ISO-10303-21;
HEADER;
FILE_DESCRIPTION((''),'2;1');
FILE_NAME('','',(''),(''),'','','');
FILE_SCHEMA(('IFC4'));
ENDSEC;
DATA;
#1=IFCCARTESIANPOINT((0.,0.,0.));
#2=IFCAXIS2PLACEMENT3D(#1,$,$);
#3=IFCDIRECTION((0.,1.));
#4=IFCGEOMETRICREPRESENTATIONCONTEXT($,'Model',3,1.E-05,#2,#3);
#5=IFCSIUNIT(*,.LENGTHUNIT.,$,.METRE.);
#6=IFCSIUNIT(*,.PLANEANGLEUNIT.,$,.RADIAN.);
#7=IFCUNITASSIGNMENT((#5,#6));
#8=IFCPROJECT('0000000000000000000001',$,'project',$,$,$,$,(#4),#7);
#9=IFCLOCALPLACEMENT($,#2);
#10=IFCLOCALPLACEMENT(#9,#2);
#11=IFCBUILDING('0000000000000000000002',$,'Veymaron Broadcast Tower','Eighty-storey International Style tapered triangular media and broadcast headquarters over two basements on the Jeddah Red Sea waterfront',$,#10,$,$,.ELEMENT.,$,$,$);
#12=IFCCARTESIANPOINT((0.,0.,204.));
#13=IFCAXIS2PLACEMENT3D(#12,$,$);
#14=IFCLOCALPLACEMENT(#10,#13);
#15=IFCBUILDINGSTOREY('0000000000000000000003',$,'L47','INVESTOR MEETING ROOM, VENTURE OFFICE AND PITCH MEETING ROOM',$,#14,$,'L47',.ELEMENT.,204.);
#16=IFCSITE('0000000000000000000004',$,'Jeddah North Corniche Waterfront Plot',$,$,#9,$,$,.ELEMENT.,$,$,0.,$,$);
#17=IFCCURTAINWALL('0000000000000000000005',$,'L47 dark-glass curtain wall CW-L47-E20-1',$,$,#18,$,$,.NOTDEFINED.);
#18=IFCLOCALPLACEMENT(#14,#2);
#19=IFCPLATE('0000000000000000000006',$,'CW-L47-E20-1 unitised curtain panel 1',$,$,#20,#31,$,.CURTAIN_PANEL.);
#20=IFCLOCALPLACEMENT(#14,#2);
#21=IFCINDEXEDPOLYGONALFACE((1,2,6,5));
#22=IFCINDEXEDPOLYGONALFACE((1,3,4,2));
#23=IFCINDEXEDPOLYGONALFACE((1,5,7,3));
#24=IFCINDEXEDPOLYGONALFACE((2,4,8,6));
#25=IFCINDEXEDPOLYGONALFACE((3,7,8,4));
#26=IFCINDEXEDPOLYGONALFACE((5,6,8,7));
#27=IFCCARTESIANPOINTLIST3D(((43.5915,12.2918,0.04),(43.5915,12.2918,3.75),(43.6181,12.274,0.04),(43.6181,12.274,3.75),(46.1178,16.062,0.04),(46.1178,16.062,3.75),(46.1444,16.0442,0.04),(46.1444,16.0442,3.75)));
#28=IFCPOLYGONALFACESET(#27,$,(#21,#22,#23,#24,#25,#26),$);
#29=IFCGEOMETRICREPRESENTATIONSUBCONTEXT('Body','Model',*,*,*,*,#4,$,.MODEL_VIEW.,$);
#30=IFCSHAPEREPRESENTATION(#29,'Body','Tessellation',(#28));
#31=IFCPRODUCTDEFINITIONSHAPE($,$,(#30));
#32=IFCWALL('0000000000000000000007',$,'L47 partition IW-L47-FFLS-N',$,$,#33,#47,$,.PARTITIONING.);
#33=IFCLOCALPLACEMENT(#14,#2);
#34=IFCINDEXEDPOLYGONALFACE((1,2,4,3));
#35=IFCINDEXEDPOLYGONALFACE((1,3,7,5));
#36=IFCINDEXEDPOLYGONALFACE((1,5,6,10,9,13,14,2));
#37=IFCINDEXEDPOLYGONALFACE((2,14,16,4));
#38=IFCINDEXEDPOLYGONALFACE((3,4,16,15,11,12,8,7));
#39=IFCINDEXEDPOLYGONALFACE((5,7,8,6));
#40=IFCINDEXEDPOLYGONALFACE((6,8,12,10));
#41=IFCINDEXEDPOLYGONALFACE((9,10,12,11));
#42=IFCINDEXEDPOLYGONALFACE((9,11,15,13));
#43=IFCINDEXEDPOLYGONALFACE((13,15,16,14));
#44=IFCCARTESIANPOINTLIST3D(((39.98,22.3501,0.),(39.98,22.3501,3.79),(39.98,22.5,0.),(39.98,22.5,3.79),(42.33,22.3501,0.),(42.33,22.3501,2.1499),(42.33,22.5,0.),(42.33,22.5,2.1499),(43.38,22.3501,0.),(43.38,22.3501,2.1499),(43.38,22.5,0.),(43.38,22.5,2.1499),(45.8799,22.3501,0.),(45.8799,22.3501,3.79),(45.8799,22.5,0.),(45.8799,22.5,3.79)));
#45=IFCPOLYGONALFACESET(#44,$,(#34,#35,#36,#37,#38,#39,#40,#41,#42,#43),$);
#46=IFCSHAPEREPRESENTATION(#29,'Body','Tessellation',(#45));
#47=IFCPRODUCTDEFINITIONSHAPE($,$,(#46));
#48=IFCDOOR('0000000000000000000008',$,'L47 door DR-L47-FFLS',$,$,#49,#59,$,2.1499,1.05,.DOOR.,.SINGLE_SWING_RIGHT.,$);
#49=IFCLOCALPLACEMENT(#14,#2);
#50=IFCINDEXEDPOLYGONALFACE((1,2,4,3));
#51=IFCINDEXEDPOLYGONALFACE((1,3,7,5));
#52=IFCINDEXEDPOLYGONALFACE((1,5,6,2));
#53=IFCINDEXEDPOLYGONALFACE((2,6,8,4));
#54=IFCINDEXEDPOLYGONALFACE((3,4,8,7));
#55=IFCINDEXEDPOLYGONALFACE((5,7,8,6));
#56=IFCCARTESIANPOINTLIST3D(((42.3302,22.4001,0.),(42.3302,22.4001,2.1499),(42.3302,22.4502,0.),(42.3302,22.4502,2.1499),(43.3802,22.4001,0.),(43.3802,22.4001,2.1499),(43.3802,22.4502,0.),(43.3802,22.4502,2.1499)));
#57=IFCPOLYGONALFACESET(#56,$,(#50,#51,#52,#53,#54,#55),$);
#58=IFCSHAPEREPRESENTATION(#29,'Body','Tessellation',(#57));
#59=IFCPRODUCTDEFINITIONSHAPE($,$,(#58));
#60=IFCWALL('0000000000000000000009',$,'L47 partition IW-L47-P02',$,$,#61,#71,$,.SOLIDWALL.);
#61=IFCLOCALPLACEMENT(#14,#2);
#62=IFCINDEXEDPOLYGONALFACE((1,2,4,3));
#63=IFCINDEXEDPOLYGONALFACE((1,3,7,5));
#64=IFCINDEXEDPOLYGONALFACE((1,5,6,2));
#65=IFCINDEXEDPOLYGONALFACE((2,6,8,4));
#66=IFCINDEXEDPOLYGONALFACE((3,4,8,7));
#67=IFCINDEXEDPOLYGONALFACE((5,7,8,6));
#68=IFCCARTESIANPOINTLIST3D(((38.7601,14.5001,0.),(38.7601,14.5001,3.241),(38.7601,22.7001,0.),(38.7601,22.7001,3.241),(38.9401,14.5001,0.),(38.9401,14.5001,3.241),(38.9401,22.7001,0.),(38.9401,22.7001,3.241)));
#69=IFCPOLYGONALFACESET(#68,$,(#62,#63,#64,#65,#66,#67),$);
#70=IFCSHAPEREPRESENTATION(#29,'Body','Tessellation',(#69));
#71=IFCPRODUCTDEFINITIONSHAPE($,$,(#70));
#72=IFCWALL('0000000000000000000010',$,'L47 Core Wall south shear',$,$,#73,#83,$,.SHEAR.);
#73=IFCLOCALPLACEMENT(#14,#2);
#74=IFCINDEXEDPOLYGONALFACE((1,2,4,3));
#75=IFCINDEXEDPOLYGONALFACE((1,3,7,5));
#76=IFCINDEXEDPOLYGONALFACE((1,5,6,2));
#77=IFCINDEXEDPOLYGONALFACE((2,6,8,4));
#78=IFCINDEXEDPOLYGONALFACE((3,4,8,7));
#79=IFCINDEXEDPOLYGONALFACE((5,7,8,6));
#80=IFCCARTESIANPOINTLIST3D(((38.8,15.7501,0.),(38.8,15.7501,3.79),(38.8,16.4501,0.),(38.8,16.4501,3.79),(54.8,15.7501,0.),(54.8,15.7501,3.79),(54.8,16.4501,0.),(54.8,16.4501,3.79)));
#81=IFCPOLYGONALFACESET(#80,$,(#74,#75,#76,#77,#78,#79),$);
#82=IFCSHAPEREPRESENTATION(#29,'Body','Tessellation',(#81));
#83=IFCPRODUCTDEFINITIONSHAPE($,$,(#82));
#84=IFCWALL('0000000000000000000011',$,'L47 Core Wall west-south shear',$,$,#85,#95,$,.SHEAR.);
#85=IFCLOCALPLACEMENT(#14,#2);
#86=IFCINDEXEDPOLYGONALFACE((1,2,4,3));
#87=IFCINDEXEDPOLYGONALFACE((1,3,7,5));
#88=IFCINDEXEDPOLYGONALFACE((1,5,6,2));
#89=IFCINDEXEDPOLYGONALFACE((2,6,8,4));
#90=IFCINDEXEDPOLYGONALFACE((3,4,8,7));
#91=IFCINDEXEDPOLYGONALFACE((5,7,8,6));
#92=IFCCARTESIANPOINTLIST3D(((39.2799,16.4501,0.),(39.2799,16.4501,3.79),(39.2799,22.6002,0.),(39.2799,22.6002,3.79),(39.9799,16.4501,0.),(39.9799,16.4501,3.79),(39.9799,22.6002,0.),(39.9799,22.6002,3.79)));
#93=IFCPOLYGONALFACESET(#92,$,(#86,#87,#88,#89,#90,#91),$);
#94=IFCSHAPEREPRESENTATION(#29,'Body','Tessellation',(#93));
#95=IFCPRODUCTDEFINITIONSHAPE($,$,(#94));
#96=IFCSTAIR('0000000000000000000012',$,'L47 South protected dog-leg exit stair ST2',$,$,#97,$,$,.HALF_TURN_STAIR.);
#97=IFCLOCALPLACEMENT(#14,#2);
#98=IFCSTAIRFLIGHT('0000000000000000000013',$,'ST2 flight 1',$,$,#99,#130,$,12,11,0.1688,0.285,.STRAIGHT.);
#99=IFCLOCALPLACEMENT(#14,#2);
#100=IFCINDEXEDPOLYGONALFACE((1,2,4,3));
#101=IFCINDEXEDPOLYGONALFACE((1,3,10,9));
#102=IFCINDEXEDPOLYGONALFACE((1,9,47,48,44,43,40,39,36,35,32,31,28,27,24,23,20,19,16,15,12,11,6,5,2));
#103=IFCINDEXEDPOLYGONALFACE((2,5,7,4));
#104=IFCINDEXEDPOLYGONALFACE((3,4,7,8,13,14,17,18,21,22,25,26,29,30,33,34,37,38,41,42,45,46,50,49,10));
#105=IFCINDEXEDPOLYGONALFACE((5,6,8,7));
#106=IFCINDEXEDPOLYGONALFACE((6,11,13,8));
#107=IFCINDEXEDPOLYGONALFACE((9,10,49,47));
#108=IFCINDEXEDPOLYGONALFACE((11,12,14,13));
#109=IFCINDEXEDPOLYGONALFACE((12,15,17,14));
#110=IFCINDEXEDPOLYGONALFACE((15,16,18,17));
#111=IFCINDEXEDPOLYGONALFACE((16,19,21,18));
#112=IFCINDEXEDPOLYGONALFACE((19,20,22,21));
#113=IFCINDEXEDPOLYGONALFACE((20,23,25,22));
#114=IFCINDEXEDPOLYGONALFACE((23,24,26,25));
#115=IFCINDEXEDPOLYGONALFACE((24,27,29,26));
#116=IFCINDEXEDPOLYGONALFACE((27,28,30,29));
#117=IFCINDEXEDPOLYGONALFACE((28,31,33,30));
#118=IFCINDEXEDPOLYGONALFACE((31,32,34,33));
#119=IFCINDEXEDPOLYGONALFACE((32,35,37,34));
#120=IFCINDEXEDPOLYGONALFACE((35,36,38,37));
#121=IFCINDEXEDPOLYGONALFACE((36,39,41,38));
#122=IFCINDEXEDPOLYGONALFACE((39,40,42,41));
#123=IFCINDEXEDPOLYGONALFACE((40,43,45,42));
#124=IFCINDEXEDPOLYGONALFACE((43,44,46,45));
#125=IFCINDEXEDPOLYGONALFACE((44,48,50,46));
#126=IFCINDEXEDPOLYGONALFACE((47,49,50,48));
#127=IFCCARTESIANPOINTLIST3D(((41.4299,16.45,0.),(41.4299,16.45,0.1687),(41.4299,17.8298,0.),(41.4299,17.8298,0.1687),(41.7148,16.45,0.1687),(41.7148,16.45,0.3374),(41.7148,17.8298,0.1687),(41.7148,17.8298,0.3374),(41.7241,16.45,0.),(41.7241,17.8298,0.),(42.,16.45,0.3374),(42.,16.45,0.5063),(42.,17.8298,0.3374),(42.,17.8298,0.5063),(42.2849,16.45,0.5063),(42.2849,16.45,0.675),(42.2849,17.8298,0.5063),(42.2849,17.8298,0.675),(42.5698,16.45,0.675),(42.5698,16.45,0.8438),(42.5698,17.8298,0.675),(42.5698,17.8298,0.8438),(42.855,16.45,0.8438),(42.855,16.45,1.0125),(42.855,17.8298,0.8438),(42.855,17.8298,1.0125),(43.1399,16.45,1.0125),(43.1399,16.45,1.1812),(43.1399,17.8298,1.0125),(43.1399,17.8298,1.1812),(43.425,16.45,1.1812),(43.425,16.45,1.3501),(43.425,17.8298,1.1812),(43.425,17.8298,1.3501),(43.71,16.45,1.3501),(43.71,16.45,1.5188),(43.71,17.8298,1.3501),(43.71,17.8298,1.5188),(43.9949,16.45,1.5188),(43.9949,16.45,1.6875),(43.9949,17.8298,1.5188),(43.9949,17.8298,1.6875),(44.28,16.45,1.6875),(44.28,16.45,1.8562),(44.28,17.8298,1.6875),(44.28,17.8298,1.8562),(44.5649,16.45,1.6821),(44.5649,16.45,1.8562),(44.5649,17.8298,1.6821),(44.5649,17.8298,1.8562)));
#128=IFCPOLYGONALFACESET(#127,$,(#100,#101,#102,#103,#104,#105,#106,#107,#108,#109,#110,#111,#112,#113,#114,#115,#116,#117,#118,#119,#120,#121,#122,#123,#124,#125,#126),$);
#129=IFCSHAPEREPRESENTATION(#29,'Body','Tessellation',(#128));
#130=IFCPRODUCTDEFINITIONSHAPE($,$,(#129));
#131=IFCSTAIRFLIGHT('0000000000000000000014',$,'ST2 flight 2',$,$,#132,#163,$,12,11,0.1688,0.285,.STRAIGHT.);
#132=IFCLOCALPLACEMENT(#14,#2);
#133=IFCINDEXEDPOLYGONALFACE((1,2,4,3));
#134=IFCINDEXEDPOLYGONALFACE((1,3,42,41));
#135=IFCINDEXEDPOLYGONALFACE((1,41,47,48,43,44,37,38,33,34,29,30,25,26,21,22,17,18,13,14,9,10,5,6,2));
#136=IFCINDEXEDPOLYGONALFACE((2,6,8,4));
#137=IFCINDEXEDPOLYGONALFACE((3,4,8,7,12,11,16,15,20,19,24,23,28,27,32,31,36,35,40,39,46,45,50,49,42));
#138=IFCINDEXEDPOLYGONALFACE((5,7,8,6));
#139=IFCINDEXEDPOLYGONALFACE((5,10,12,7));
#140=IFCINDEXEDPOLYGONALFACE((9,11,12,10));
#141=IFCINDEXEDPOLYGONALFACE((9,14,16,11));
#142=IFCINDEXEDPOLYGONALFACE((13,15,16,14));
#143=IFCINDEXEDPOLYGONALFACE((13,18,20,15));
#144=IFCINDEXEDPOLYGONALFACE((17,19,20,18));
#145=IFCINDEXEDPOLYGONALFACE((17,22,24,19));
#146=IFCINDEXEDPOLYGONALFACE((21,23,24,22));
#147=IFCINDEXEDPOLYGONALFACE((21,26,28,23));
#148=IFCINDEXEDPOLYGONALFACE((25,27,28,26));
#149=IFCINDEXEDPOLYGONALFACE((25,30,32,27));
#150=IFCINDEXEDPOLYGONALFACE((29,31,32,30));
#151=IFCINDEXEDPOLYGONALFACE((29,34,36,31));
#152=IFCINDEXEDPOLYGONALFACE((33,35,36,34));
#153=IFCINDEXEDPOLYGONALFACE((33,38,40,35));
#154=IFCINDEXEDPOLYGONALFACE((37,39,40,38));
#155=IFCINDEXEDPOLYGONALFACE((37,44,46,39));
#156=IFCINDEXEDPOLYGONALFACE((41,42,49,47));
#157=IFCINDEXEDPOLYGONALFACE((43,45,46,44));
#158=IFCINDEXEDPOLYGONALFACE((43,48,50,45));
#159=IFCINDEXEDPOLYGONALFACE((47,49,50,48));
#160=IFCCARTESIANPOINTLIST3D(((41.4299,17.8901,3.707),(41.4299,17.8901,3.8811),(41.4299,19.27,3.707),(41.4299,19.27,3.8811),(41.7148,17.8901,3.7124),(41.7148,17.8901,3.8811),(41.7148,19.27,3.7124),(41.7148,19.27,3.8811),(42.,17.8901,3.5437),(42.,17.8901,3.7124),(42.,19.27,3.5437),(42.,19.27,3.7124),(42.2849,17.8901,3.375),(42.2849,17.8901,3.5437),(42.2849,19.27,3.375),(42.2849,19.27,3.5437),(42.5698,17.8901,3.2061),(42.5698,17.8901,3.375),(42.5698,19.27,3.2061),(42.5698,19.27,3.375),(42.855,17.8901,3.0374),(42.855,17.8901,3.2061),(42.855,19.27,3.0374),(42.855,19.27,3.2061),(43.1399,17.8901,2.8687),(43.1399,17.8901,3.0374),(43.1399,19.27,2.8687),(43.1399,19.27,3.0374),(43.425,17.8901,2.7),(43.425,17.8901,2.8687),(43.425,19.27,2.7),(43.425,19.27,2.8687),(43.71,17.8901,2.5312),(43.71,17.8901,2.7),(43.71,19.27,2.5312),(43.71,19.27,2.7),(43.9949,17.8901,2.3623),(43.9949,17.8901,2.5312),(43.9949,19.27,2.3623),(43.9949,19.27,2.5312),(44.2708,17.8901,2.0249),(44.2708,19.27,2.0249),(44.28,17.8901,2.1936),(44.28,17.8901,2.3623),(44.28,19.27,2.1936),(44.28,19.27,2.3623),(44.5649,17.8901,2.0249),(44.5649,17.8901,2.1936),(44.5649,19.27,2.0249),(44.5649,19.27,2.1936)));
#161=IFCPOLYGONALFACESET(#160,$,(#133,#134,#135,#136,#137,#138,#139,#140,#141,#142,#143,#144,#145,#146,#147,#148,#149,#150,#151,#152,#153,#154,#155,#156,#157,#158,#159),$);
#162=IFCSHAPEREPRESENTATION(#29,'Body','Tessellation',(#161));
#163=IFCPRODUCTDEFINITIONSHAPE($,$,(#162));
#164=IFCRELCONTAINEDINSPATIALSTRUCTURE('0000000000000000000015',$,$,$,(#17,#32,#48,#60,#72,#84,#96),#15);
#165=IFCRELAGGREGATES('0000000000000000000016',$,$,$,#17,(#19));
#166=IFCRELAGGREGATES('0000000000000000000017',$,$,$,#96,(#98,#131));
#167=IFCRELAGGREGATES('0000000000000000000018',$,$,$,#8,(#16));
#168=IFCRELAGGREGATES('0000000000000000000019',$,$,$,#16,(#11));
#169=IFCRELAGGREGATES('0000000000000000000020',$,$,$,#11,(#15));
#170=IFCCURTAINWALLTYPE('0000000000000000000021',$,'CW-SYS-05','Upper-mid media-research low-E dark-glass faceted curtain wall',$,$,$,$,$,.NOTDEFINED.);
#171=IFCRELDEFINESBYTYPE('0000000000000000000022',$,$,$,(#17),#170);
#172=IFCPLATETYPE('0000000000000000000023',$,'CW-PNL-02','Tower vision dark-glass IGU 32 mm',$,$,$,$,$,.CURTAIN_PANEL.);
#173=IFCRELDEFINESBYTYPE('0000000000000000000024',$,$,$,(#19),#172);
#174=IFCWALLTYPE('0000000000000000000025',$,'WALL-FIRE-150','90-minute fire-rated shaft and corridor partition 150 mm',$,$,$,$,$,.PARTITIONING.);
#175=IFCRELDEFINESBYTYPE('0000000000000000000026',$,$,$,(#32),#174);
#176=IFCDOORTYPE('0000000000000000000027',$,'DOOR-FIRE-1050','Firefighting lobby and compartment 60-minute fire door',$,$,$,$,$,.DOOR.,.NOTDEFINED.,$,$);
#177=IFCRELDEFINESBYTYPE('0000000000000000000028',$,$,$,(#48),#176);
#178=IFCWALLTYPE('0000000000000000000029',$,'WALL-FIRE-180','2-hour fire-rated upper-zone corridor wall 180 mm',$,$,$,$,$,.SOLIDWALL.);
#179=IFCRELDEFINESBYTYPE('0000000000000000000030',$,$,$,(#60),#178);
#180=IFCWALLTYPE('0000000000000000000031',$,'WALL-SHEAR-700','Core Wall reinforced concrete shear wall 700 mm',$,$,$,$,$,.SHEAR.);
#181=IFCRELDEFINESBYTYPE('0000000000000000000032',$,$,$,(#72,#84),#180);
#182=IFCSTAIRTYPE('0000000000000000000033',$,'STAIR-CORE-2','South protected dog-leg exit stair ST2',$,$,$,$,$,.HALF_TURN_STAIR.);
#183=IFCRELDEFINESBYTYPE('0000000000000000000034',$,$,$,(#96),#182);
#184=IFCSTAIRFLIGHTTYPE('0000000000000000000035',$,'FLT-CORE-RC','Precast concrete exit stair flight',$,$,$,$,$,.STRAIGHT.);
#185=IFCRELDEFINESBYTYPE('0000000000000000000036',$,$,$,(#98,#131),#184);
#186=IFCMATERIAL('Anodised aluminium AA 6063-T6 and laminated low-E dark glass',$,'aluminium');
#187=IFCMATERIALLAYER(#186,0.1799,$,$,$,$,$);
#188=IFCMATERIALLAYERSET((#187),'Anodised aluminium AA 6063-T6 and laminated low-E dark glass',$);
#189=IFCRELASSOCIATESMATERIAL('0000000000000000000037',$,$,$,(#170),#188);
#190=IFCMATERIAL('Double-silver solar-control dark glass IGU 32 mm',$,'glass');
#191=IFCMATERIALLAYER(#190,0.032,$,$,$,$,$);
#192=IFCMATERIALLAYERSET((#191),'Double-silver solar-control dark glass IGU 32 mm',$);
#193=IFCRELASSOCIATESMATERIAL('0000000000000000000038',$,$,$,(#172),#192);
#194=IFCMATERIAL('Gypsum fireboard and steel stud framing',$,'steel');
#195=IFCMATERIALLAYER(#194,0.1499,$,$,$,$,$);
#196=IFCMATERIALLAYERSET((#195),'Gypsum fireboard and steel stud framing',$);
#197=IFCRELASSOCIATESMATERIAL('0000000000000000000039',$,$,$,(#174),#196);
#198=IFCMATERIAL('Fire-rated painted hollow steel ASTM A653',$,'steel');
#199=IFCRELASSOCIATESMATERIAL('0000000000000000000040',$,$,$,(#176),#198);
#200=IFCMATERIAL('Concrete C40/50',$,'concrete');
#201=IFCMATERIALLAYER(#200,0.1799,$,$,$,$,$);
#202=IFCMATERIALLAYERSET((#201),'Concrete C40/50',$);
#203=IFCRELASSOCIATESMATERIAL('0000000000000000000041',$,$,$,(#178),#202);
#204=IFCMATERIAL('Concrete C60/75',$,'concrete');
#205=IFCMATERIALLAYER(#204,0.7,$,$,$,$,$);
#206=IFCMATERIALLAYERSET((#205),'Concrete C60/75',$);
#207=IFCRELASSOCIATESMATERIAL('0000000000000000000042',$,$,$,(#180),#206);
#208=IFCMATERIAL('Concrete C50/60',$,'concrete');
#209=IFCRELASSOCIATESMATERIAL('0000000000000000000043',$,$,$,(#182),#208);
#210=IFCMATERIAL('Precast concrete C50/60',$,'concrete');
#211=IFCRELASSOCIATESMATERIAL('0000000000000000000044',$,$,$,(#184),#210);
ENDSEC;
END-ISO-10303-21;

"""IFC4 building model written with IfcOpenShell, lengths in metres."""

from ifc_helpers import new_model, si_unit, direction, frame, frame_2d, origin, origin_2d, place, context, subcontext, project, spatial, polyline, rectangle, outline, extrude, material, layer, layer_set, type_object, element, fill, aggregate, save


model = new_model("IFC4")

# Units and contexts
model_context = context("Model", 3, precision=1e-05, world=origin(), true_north=direction((0.0, 1.0)))
body_context = subcontext(model_context, "Body", "Model", "MODEL_VIEW")
ifc_project = project(units=[si_unit("LENGTHUNIT", "METRE"), si_unit("PLANEANGLEUNIT", "RADIAN")], contexts=[model_context])

# Site, building, storey
site_placement = place(None, origin())
site = spatial("IfcSite", under=ifc_project, at=site_placement, Name="Jeddah North Corniche Waterfront Plot", CompositionType="ELEMENT", RefElevation=0.0)
building_placement = place(site_placement, origin())
building = spatial("IfcBuilding", under=site, at=building_placement, Name="Veymaron Broadcast Tower", Description="Eighty-storey International Style tapered triangular media and broadcast headquarters over two basements on the Jeddah Red Sea waterfront", CompositionType="ELEMENT")
storey_placement = place(building_placement, frame((0.0, 0.0, 204.0)))
storey = spatial("IfcBuildingStorey", under=building, at=storey_placement, Name="L47", Description="INVESTOR MEETING ROOM, VENTURE OFFICE AND PITCH MEETING ROOM", LongName="L47", CompositionType="ELEMENT", Elevation=204.0)

# Curtain wall, plate
ifc_material_1 = material(Name="Anodised aluminium AA 6063-T6 and laminated low-E dark glass", Category="aluminium")
ifc_layer_1 = layer(ifc_material_1, 0.1799)
ifc_layer_set_1 = layer_set([ifc_layer_1], Name="Anodised aluminium AA 6063-T6 and laminated low-E dark glass")
curtain_wall_type = type_object("IfcCurtainWallType", Name="CW-SYS-05", Description="Upper-mid media-research low-E dark-glass faceted curtain wall", PredefinedType="NOTDEFINED", material=ifc_layer_set_1)
curtain_wall_placement = place(storey_placement, origin())
curtain_wall = element("IfcCurtainWall", 1, at=curtain_wall_placement, inside=storey, type_object=curtain_wall_type, Name="L47 dark-glass curtain wall CW-L47-E20-1", PredefinedType="NOTDEFINED")
ifc_material_2 = material(Name="Double-silver solar-control dark glass IGU 32 mm", Category="glass")
ifc_layer_2 = layer(ifc_material_2, 0.032)
ifc_layer_set_2 = layer_set([ifc_layer_2], Name="Double-silver solar-control dark glass IGU 32 mm")
plate_type = type_object("IfcPlateType", Name="CW-PNL-02", Description="Tower vision dark-glass IGU 32 mm", PredefinedType="CURTAIN_PANEL", material=ifc_layer_set_2)
plate_1_placement = place(storey_placement, frame((44.8679, 14.168, 0.04), z_axis=(0.0, 0.0, 1.0), x_axis=(0.556658, 0.830742, 0.0)))
plate_1 = element("IfcPlate", 2, at=plate_1_placement, type_object=plate_type, Name="CW-L47-E20-1 unitised curtain panel 1", PredefinedType="CURTAIN_PANEL", context=body_context, shape_type="SweptSolid", body=[
    extrude(rectangle(XDim=4.5383, YDim=0.032, at=origin_2d()), origin(), (0.0, 0.0, 1.0), 3.71),
])
aggregate(curtain_wall, [plate_1])

# Wall, opening, door
ifc_material_3 = material(Name="Gypsum fireboard and steel stud framing", Category="steel")
ifc_layer_3 = layer(ifc_material_3, 0.1499)
ifc_layer_set_3 = layer_set([ifc_layer_3], Name="Gypsum fireboard and steel stud framing")
wall_type_1 = type_object("IfcWallType", Name="WALL-FIRE-150", Description="90-minute fire-rated shaft and corridor partition 150 mm", PredefinedType="PARTITIONING", material=ifc_layer_set_3)
wall_1_placement = place(storey_placement, frame((39.98, 22.425, 0.0), z_axis=(0.0, 0.0, 1.0), x_axis=(1.0, 0.0, 0.0)))
wall_1 = element("IfcWall", 3, at=wall_1_placement, inside=storey, type_object=wall_type_1, Name="L47 partition IW-L47-FFLS-N", PredefinedType="PARTITIONING", context=body_context, shape_type="SweptSolid", body=[
    extrude(rectangle(XDim=5.8999, YDim=0.1499, at=frame_2d((2.95, 0.0))), origin(), (0.0, 0.0, 1.0), 3.79),
])
opening_1_placement = place(wall_1_placement, frame((2.3501, 0.0, 0.0)))
opening_1 = element("IfcOpeningElement", 4, at=opening_1_placement, cuts=wall_1, PredefinedType="OPENING", context=body_context, shape_type="SweptSolid", body=[
    extrude(rectangle(XDim=1.05, YDim=2.1499, at=frame_2d((0.5249, 1.075))), frame((0.0, 0.085, 0.0), z_axis=(0.0, -1.0, 0.0), x_axis=(1.0, 0.0, 0.0)), (0.0, 0.0, 1.0), 0.1699),
])
ifc_material_4 = material(Name="Fire-rated painted hollow steel ASTM A653", Category="steel")
door_type_1 = type_object("IfcDoorType", Name="DOOR-FIRE-1050", Description="Firefighting lobby and compartment 60-minute fire door", OperationType="NOTDEFINED", PredefinedType="DOOR", material=ifc_material_4)
door_1_placement = place(opening_1_placement, frame((1.05, 0.0, 0.0), z_axis=(0.0, 0.0, 1.0), x_axis=(-1.0, 0.0, 0.0)))
door_1 = element("IfcDoor", 5, at=door_1_placement, inside=storey, type_object=door_type_1, Name="L47 door DR-L47-FFLS", OperationType="SINGLE_SWING_RIGHT", OverallHeight=2.1499, OverallWidth=1.05, PredefinedType="DOOR", context=body_context, shape_type="SweptSolid", body=[
    extrude(rectangle(XDim=1.05, YDim=2.1499, at=frame_2d((0.5249, 1.075))), frame((0.0, 0.0249, 0.0), z_axis=(0.0, -1.0, 0.0), x_axis=(1.0, 0.0, 0.0)), (0.0, 0.0, 1.0), 0.05),
])
fill(opening_1, door_1)

# Wall
ifc_material_5 = material(Name="Concrete C40/50", Category="concrete")
ifc_layer_4 = layer(ifc_material_5, 0.1799)
ifc_layer_set_4 = layer_set([ifc_layer_4], Name="Concrete C40/50")
wall_type_2 = type_object("IfcWallType", Name="WALL-FIRE-180", Description="2-hour fire-rated upper-zone corridor wall 180 mm", PredefinedType="SOLIDWALL", material=ifc_layer_set_4)
wall_2_placement = place(storey_placement, frame((38.8501, 14.5, 0.0), z_axis=(0.0, 0.0, 1.0), x_axis=(0.0, 1.0, 0.0)))
element("IfcWall", 6, at=wall_2_placement, inside=storey, type_object=wall_type_2, Name="L47 partition IW-L47-P02", PredefinedType="SOLIDWALL", context=body_context, shape_type="SweptSolid", body=[
    extrude(rectangle(XDim=8.2, YDim=0.1799, at=frame_2d((4.1001, 0.0))), origin(), (0.0, 0.0, 1.0), 3.241),
])

# Shared definitions
ifc_material_6 = material(Name="Concrete C50/60", Category="concrete")

# Walls
ifc_material_7 = material(Name="Concrete C60/75", Category="concrete")
ifc_layer_5 = layer(ifc_material_7, 0.7)
ifc_layer_set_5 = layer_set([ifc_layer_5], Name="Concrete C60/75")
wall_type_3 = type_object("IfcWallType", Name="WALL-SHEAR-700", Description="Core Wall reinforced concrete shear wall 700 mm", PredefinedType="SHEAR", material=ifc_layer_set_5)
wall_3_placement = place(storey_placement, frame((38.8, 16.1001, 0.0), z_axis=(0.0, 0.0, 1.0), x_axis=(1.0, 0.0, 0.0)))
element("IfcWall", 7, at=wall_3_placement, inside=storey, type_object=wall_type_3, Name="L47 Core Wall south shear", PredefinedType="SHEAR", context=body_context, shape_type="SweptSolid", body=[
    extrude(rectangle(XDim=16.0, YDim=0.7, at=frame_2d((8.0, 0.0))), origin(), (0.0, 0.0, 1.0), 3.79),
])
wall_4_placement = place(storey_placement, frame((39.6299, 16.45, 0.0), z_axis=(0.0, 0.0, 1.0), x_axis=(0.0, 1.0, 0.0)))
element("IfcWall", 8, at=wall_4_placement, inside=storey, type_object=wall_type_3, Name="L47 Core Wall west-south shear", PredefinedType="SHEAR", context=body_context, shape_type="SweptSolid", body=[
    extrude(rectangle(XDim=6.1501, YDim=0.7, at=frame_2d((3.0752, 0.0))), origin(), (0.0, 0.0, 1.0), 3.79),
])

# Stair, stair flights
stair_type = type_object("IfcStairType", Name="STAIR-CORE-2", Description="South protected dog-leg exit stair ST2", PredefinedType="HALF_TURN_STAIR", material=ifc_material_6)
stair_placement = place(storey_placement, origin())
stair = element("IfcStair", 9, at=stair_placement, inside=storey, type_object=stair_type, Name="L47 South protected dog-leg exit stair ST2", PredefinedType="HALF_TURN_STAIR")
ifc_material_8 = material(Name="Precast concrete C50/60", Category="concrete")
stair_flight_type = type_object("IfcStairFlightType", Name="FLT-CORE-RC", Description="Precast concrete exit stair flight", PredefinedType="STRAIGHT", material=ifc_material_8)
stair_flight_1_placement = place(storey_placement, frame((41.4299, 17.1399, 0.0), z_axis=(0.0, 0.0, 1.0), x_axis=(1.0, 0.0, 0.0)))
stair_flight_1 = element("IfcStairFlight", 10, at=stair_flight_1_placement, type_object=stair_flight_type, Name="ST2 flight 1", NumberOfRisers=12, NumberOfTreads=11, PredefinedType="STRAIGHT", RiserHeight=0.1688, TreadLength=0.285, context=body_context, shape_type="SweptSolid", body=[
    extrude(outline(polyline([(0.0, 0.0), (0.0, 0.1687), (0.2849, 0.1687), (0.2849, 0.3374), (0.5701, 0.3374), (0.5701, 0.5063), (0.855, 0.5063), (0.855, 0.675), (1.1399, 0.675), (1.1399, 0.8438), (1.425, 0.8438), (1.425, 1.0125), (1.71, 1.0125), (1.71, 1.1812), (1.9951, 1.1812), (1.9951, 1.3501), (2.28, 1.3501), (2.28, 1.5188), (2.5649, 1.5188), (2.5649, 1.6875), (2.8501, 1.6875), (2.8501, 1.8562), (3.135, 1.8562), (3.135, 2.0249), (3.135, 1.6821), (0.2942, 0.0), (0.0, 0.0)])), frame((0.0, 0.6899, 0.0), z_axis=(0.0, -1.0, 0.0), x_axis=(1.0, 0.0, 0.0)), (0.0, 0.0, 1.0), 1.3799),
])
stair_flight_2_placement = place(storey_placement, frame((44.5649, 18.5801, 2.0249), z_axis=(0.0, 0.0, 1.0), x_axis=(-1.0, 0.0, 0.0)))
stair_flight_2 = element("IfcStairFlight", 11, at=stair_flight_2_placement, type_object=stair_flight_type, Name="ST2 flight 2", NumberOfRisers=12, NumberOfTreads=11, PredefinedType="STRAIGHT", RiserHeight=0.1688, TreadLength=0.285, context=body_context, shape_type="SweptSolid", body=[
    extrude(outline(polyline([(0.0, 0.0), (0.0, 0.1687), (0.2849, 0.1687), (0.2849, 0.3374), (0.5701, 0.3374), (0.5701, 0.5063), (0.855, 0.5063), (0.855, 0.675), (1.1399, 0.675), (1.1399, 0.8438), (1.425, 0.8438), (1.425, 1.0125), (1.71, 1.0125), (1.71, 1.1812), (1.9951, 1.1812), (1.9951, 1.3501), (2.28, 1.3501), (2.28, 1.5188), (2.5649, 1.5188), (2.5649, 1.6875), (2.8501, 1.6875), (2.8501, 1.8562), (3.135, 1.8562), (3.135, 2.0249), (3.135, 1.6821), (0.2942, 0.0), (0.0, 0.0)])), frame((0.0, 0.6899, 0.0), z_axis=(0.0, -1.0, 0.0), x_axis=(1.0, 0.0, 0.0)), (0.0, 0.0, 1.0), 1.3799),
])
aggregate(stair, [stair_flight_1, stair_flight_2])

save(model, "model.ifc")
